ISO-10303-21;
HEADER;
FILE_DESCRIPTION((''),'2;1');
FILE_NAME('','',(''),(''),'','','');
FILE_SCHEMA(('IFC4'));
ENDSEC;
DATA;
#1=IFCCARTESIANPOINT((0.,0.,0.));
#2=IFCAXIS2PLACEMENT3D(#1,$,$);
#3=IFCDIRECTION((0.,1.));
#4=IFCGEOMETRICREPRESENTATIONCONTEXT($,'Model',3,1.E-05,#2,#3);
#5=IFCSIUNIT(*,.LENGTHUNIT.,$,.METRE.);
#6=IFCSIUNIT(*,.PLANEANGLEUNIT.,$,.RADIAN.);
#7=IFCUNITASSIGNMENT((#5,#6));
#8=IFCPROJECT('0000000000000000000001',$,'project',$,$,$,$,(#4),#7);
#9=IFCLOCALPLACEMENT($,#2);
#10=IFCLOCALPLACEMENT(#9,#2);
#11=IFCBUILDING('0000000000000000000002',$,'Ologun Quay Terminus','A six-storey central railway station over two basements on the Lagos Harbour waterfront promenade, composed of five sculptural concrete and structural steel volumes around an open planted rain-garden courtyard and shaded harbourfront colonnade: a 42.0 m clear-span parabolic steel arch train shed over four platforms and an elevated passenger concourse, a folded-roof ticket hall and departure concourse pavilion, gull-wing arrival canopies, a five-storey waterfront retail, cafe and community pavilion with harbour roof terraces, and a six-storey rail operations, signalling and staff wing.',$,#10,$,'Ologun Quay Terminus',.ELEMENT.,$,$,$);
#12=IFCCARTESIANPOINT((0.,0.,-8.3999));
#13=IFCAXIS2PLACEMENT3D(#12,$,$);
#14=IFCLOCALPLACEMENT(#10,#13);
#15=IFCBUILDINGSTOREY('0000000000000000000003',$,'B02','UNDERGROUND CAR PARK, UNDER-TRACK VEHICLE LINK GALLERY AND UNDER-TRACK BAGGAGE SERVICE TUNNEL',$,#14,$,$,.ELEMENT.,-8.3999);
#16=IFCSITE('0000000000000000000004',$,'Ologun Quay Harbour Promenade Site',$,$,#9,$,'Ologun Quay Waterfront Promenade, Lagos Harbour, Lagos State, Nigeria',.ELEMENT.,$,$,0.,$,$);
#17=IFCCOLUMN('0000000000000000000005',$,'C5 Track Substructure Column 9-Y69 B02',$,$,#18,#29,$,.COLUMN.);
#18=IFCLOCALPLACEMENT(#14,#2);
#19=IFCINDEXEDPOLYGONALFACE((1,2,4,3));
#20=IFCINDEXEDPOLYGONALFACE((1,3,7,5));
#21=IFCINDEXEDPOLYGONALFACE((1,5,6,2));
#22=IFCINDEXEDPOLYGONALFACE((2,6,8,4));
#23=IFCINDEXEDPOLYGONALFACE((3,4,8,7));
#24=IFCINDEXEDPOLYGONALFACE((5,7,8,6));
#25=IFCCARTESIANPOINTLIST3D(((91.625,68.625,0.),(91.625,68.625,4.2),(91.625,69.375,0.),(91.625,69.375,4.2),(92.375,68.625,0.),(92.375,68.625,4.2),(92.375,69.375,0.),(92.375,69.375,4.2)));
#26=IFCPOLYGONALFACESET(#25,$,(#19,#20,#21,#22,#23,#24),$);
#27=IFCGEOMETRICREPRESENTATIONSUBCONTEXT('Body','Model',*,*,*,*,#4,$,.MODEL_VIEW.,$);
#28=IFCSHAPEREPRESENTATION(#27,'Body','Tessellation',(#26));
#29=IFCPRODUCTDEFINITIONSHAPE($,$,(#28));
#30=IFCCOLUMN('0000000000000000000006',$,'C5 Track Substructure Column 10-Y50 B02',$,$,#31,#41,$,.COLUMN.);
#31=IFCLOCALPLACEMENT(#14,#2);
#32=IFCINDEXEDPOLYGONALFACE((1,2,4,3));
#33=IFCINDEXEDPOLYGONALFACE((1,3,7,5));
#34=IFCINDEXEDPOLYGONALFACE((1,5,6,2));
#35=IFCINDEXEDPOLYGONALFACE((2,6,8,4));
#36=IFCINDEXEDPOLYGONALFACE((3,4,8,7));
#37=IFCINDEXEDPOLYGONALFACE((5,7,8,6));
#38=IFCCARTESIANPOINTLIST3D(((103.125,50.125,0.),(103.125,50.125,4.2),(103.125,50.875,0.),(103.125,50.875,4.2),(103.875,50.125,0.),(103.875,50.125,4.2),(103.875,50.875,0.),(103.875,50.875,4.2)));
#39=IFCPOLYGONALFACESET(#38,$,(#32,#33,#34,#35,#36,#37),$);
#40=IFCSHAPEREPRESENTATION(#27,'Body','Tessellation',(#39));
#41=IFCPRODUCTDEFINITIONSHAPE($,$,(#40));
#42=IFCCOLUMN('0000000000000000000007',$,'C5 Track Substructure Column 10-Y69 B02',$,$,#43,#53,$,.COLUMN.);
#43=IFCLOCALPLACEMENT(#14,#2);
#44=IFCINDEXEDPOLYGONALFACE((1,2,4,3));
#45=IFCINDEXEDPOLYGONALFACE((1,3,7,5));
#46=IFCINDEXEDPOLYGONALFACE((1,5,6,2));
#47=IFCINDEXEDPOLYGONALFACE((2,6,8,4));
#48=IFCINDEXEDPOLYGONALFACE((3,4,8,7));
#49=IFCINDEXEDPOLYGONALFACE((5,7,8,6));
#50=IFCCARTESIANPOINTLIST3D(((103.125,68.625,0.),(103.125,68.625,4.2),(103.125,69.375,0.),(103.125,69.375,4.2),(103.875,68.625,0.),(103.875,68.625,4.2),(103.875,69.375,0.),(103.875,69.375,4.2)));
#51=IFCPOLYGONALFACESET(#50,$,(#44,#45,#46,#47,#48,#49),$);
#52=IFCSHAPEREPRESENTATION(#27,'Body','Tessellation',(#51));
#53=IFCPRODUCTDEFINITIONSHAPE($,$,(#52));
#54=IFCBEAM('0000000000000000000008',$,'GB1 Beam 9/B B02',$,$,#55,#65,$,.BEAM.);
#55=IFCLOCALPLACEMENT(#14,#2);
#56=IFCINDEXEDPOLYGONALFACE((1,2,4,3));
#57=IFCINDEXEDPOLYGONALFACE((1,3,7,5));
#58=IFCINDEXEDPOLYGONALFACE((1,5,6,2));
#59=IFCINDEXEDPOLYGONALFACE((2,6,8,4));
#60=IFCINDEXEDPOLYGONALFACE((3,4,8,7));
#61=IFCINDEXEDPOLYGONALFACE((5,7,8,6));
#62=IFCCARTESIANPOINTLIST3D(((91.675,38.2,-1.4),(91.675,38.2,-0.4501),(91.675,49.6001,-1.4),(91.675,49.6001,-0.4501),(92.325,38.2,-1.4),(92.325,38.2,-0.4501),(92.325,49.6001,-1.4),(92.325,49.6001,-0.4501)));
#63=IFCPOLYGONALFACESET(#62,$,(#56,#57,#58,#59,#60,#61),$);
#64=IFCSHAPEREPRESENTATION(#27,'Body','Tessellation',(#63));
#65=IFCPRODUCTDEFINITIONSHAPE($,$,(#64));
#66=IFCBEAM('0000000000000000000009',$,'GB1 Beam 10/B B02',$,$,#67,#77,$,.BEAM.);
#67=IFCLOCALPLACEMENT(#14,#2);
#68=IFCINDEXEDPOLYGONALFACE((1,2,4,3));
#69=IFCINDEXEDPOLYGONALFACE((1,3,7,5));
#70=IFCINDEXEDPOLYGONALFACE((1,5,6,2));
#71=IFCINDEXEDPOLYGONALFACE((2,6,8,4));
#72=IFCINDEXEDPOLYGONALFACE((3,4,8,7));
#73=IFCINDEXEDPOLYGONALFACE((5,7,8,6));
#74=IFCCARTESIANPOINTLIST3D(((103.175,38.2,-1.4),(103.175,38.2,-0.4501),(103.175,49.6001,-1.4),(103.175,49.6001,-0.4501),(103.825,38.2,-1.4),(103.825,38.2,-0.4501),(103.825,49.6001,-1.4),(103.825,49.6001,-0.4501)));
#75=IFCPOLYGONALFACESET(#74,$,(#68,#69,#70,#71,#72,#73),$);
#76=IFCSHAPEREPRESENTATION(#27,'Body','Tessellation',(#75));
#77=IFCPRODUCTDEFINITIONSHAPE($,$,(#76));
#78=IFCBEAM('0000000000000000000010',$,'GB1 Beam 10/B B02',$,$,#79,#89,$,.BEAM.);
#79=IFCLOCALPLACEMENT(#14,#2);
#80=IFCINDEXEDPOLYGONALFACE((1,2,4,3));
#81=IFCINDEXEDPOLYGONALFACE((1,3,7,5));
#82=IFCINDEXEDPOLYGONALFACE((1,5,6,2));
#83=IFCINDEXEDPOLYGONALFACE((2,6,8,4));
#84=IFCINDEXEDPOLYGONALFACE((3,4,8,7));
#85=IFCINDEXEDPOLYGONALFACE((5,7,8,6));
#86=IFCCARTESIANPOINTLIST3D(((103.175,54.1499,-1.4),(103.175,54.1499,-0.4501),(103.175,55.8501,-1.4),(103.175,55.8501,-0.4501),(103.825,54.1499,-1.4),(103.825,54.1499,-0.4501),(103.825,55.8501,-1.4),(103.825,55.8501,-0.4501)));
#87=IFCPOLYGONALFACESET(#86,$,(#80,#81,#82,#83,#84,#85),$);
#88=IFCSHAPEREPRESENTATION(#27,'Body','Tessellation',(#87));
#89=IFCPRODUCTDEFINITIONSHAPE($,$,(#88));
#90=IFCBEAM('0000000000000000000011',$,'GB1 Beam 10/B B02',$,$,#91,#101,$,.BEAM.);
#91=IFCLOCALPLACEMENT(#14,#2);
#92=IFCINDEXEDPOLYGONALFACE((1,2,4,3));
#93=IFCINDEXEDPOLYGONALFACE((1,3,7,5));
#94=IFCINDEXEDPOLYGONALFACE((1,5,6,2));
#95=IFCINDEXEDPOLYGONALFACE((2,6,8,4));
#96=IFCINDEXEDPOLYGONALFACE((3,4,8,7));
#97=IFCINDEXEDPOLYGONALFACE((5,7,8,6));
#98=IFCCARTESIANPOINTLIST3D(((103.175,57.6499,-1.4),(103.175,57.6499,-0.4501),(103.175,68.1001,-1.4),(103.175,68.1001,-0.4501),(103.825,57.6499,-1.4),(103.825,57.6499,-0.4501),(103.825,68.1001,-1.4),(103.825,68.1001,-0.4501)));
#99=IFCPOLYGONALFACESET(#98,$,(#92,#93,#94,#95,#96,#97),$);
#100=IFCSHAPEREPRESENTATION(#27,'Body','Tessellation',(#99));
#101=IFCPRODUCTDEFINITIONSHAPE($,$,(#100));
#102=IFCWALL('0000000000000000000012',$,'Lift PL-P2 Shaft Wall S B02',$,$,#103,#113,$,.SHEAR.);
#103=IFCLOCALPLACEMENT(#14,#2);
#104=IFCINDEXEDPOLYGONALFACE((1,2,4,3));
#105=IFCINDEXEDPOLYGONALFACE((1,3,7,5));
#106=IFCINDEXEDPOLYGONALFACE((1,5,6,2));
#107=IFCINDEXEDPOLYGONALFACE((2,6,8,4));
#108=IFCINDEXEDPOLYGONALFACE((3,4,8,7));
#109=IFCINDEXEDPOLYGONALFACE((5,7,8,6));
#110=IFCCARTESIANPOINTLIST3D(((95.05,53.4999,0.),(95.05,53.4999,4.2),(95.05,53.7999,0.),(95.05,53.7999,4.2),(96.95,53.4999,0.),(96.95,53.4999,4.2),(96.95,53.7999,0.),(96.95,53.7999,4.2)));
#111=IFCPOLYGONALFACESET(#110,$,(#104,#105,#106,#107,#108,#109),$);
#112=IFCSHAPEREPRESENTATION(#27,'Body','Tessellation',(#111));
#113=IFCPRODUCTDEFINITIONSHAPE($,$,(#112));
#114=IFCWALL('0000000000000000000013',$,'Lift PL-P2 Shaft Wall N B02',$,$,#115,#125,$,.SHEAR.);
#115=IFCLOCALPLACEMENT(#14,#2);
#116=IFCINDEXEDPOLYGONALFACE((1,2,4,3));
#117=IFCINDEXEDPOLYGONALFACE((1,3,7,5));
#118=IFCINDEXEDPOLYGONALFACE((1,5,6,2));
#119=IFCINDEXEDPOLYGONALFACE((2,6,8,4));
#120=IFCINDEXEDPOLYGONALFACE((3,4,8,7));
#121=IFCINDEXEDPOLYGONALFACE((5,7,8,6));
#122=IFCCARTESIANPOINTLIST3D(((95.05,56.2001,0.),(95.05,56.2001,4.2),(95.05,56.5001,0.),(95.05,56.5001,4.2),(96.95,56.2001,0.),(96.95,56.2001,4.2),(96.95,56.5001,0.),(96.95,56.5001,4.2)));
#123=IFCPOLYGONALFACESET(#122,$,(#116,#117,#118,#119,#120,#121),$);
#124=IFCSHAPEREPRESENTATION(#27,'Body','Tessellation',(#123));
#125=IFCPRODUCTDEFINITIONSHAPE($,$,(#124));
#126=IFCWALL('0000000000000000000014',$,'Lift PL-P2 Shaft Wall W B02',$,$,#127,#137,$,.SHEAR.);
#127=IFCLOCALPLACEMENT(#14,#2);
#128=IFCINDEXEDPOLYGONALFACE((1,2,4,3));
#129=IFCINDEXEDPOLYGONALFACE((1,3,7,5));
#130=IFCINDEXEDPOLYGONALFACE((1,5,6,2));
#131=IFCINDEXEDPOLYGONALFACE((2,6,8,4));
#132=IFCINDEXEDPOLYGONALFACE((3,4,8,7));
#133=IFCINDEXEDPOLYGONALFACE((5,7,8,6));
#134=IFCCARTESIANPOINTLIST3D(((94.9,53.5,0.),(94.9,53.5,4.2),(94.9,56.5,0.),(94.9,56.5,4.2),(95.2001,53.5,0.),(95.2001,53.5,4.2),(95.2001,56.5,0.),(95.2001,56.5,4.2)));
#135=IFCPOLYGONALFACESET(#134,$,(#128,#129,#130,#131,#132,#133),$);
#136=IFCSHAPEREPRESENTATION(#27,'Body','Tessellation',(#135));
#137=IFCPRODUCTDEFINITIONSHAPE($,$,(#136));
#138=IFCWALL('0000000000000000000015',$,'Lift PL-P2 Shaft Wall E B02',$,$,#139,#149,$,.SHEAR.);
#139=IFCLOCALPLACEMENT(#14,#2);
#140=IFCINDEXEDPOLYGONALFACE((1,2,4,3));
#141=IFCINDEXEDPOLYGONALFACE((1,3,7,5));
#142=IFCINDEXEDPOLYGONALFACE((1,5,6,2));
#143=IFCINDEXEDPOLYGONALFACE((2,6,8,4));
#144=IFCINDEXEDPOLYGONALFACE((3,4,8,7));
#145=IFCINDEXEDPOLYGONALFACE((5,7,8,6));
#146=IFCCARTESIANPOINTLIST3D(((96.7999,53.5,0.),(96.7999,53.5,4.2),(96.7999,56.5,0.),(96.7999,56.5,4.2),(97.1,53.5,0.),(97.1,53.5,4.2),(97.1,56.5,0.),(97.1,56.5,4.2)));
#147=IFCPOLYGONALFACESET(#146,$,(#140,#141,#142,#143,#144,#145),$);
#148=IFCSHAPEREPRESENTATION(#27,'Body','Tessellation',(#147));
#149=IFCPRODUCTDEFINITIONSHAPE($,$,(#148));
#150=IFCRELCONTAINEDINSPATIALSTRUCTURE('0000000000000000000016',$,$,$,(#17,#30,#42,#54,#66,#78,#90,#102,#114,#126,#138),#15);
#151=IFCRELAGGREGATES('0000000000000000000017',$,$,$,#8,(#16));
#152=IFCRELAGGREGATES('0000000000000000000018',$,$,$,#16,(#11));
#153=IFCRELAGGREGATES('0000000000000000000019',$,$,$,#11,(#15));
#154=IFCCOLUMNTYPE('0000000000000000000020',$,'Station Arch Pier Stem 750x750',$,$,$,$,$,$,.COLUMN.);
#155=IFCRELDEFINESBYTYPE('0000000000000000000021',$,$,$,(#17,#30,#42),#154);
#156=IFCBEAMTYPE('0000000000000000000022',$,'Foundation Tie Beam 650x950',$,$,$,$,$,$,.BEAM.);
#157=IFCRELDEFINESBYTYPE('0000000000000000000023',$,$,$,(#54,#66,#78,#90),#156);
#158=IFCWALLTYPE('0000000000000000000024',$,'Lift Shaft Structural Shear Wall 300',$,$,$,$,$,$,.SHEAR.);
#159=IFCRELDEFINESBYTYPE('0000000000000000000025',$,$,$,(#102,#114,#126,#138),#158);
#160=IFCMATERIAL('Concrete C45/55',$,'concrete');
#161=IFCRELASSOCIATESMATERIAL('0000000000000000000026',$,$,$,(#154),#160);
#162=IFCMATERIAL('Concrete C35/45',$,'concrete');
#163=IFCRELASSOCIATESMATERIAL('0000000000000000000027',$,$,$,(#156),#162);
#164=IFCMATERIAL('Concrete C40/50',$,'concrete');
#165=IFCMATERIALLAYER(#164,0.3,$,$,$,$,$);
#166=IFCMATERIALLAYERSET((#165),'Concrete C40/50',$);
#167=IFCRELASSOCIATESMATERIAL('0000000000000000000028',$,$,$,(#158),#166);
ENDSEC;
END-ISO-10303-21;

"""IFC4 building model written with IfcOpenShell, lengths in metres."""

from ifc_helpers import new_model, si_unit, direction, frame, frame_2d, origin, origin_2d, place, context, subcontext, project, spatial, rectangle, extrude, material, layer, layer_set, material_profile, profile_set, type_object, element, save


model = new_model("IFC4")

# Units and contexts
model_context = context("Model", 3, precision=1e-05, world=origin(), true_north=direction((0.0, 1.0)))
body_context = subcontext(model_context, "Body", "Model", "MODEL_VIEW")
ifc_project = project(units=[si_unit("LENGTHUNIT", "METRE"), si_unit("PLANEANGLEUNIT", "RADIAN")], contexts=[model_context])

# Site, building, storey
site_placement = place(None, origin())
site = spatial("IfcSite", under=ifc_project, at=site_placement, Name="Ologun Quay Harbour Promenade Site", LongName="Ologun Quay Waterfront Promenade, Lagos Harbour, Lagos State, Nigeria", CompositionType="ELEMENT", RefElevation=0.0)
building_placement = place(site_placement, origin())
building = spatial("IfcBuilding", under=site, at=building_placement, Name="Ologun Quay Terminus", Description="A six-storey central railway station over two basements on the Lagos Harbour waterfront promenade, composed of five sculptural concrete and structural steel volumes around an open planted rain-garden courtyard and shaded harbourfront colonnade: a 42.0 m clear-span parabolic steel arch train shed over four platforms and an elevated passenger concourse, a folded-roof ticket hall and departure concourse pavilion, gull-wing arrival canopies, a five-storey waterfront retail, cafe and community pavilion with harbour roof terraces, and a six-storey rail operations, signalling and staff wing.", LongName="Ologun Quay Terminus", CompositionType="ELEMENT")
storey_placement = place(building_placement, frame((0.0, 0.0, -8.3999)))
storey = spatial("IfcBuildingStorey", under=building, at=storey_placement, Name="B02", Description="UNDERGROUND CAR PARK, UNDER-TRACK VEHICLE LINK GALLERY AND UNDER-TRACK BAGGAGE SERVICE TUNNEL", CompositionType="ELEMENT", Elevation=-8.3999)

# Columns
ifc_material_1 = material(Name="Concrete C45/55", Category="concrete")
ifc_material_profile_1 = material_profile(ifc_material_1, rectangle(XDim=0.75, YDim=0.75, at=origin_2d()), Name="RC 750x750")
ifc_profile_set_1 = profile_set([ifc_material_profile_1], Name="Concrete C45/55")
column_type_1 = type_object("IfcColumnType", Name="Station Arch Pier Stem 750x750", PredefinedType="COLUMN", material=ifc_profile_set_1)
for number, where, z_axis, x_axis, name in (
    (1, (92.0, 69.0, 0.0), (0.0, 0.0, 1.0), (1.0, 0.0, 0.0), "C5 Track Substructure Column 9-Y69 B02"),
    (2, (103.5, 50.5, 0.0), (0.0, 0.0, 1.0), (1.0, 0.0, 0.0), "C5 Track Substructure Column 10-Y50 B02"),
    (3, (103.5, 69.0, 0.0), (0.0, 0.0, 1.0), (1.0, 0.0, 0.0), "C5 Track Substructure Column 10-Y69 B02"),
):
    element("IfcColumn", number, at=place(storey_placement, frame(where, z_axis=z_axis, x_axis=x_axis)), inside=storey, type_object=column_type_1, Name=name, PredefinedType="COLUMN", context=body_context, shape_type="SweptSolid", body=[
        extrude(rectangle(XDim=0.75, YDim=0.75, at=origin_2d()), origin(), (0.0, 0.0, 1.0), 4.2),
    ])

# Beams
ifc_material_2 = material(Name="Concrete C35/45", Category="concrete")
ifc_material_profile_2 = material_profile(ifc_material_2, rectangle(XDim=0.6499, YDim=0.95, at=origin_2d()), Name="RC 650x950")
ifc_profile_set_2 = profile_set([ifc_material_profile_2], Name="Concrete C35/45")
beam_type = type_object("IfcBeamType", Name="Foundation Tie Beam 650x950", PredefinedType="BEAM", material=ifc_profile_set_2)
for number, where, z_axis, x_axis, name in (
    (4, (92.0, 38.2, -0.925), (0.0, 1.0, 0.0), (-1.0, 0.0, 0.0), "GB1 Beam 9/B B02"),
    (5, (103.5, 38.2, -0.925), (0.0, 1.0, 0.0), (-1.0, 0.0, 0.0), "GB1 Beam 10/B B02"),
):
    element("IfcBeam", number, at=place(storey_placement, frame(where, z_axis=z_axis, x_axis=x_axis)), inside=storey, type_object=beam_type, Name=name, PredefinedType="BEAM", context=body_context, shape_type="SweptSolid", body=[
        extrude(rectangle(XDim=0.6499, YDim=0.95, at=origin_2d()), origin(), (0.0, 0.0, 1.0), 11.4001),
    ])
beam_1_placement = place(storey_placement, frame((103.5, 54.1499, -0.925), z_axis=(0.0, 1.0, 0.0), x_axis=(-1.0, 0.0, 0.0)))
element("IfcBeam", 6, at=beam_1_placement, inside=storey, type_object=beam_type, Name="GB1 Beam 10/B B02", PredefinedType="BEAM", context=body_context, shape_type="SweptSolid", body=[
    extrude(rectangle(XDim=0.6499, YDim=0.95, at=origin_2d()), origin(), (0.0, 0.0, 1.0), 1.7002),
])
beam_2_placement = place(storey_placement, frame((103.5, 57.6499, -0.925), z_axis=(0.0, 1.0, 0.0), x_axis=(-1.0, 0.0, 0.0)))
element("IfcBeam", 7, at=beam_2_placement, inside=storey, type_object=beam_type, Name="GB1 Beam 10/B B02", PredefinedType="BEAM", context=body_context, shape_type="SweptSolid", body=[
    extrude(rectangle(XDim=0.6499, YDim=0.95, at=origin_2d()), origin(), (0.0, 0.0, 1.0), 10.4502),
])

# Walls
ifc_material_3 = material(Name="Concrete C40/50", Category="concrete")
ifc_layer = layer(ifc_material_3, 0.3)
ifc_layer_set = layer_set([ifc_layer], Name="Concrete C40/50")
wall_type = type_object("IfcWallType", Name="Lift Shaft Structural Shear Wall 300", PredefinedType="SHEAR", material=ifc_layer_set)
for number, where, z_axis, x_axis, name in (
    (8, (95.05, 53.6499, 0.0), (0.0, 0.0, 1.0), (1.0, 0.0, 0.0), "Lift PL-P2 Shaft Wall S B02"),
    (9, (95.05, 56.3501, 0.0), (0.0, 0.0, 1.0), (1.0, 0.0, 0.0), "Lift PL-P2 Shaft Wall N B02"),
):
    element("IfcWall", number, at=place(storey_placement, frame(where, z_axis=z_axis, x_axis=x_axis)), inside=storey, type_object=wall_type, Name=name, PredefinedType="SHEAR", context=body_context, shape_type="SweptSolid", body=[
        extrude(rectangle(XDim=1.8999, YDim=0.3, at=frame_2d((0.95, 0.0))), origin(), (0.0, 0.0, 1.0), 4.2),
    ])
for number, where, z_axis, x_axis, name in (
    (10, (95.05, 53.5, 0.0), (0.0, 0.0, 1.0), (0.0, 1.0, 0.0), "Lift PL-P2 Shaft Wall W B02"),
    (11, (96.95, 53.5, 0.0), (0.0, 0.0, 1.0), (0.0, 1.0, 0.0), "Lift PL-P2 Shaft Wall E B02"),
):
    element("IfcWall", number, at=place(storey_placement, frame(where, z_axis=z_axis, x_axis=x_axis)), inside=storey, type_object=wall_type, Name=name, PredefinedType="SHEAR", context=body_context, shape_type="SweptSolid", body=[
        extrude(rectangle(XDim=3.0, YDim=0.3, at=frame_2d((1.5, 0.0))), origin(), (0.0, 0.0, 1.0), 4.2),
    ])

save(model, "model.ifc")
